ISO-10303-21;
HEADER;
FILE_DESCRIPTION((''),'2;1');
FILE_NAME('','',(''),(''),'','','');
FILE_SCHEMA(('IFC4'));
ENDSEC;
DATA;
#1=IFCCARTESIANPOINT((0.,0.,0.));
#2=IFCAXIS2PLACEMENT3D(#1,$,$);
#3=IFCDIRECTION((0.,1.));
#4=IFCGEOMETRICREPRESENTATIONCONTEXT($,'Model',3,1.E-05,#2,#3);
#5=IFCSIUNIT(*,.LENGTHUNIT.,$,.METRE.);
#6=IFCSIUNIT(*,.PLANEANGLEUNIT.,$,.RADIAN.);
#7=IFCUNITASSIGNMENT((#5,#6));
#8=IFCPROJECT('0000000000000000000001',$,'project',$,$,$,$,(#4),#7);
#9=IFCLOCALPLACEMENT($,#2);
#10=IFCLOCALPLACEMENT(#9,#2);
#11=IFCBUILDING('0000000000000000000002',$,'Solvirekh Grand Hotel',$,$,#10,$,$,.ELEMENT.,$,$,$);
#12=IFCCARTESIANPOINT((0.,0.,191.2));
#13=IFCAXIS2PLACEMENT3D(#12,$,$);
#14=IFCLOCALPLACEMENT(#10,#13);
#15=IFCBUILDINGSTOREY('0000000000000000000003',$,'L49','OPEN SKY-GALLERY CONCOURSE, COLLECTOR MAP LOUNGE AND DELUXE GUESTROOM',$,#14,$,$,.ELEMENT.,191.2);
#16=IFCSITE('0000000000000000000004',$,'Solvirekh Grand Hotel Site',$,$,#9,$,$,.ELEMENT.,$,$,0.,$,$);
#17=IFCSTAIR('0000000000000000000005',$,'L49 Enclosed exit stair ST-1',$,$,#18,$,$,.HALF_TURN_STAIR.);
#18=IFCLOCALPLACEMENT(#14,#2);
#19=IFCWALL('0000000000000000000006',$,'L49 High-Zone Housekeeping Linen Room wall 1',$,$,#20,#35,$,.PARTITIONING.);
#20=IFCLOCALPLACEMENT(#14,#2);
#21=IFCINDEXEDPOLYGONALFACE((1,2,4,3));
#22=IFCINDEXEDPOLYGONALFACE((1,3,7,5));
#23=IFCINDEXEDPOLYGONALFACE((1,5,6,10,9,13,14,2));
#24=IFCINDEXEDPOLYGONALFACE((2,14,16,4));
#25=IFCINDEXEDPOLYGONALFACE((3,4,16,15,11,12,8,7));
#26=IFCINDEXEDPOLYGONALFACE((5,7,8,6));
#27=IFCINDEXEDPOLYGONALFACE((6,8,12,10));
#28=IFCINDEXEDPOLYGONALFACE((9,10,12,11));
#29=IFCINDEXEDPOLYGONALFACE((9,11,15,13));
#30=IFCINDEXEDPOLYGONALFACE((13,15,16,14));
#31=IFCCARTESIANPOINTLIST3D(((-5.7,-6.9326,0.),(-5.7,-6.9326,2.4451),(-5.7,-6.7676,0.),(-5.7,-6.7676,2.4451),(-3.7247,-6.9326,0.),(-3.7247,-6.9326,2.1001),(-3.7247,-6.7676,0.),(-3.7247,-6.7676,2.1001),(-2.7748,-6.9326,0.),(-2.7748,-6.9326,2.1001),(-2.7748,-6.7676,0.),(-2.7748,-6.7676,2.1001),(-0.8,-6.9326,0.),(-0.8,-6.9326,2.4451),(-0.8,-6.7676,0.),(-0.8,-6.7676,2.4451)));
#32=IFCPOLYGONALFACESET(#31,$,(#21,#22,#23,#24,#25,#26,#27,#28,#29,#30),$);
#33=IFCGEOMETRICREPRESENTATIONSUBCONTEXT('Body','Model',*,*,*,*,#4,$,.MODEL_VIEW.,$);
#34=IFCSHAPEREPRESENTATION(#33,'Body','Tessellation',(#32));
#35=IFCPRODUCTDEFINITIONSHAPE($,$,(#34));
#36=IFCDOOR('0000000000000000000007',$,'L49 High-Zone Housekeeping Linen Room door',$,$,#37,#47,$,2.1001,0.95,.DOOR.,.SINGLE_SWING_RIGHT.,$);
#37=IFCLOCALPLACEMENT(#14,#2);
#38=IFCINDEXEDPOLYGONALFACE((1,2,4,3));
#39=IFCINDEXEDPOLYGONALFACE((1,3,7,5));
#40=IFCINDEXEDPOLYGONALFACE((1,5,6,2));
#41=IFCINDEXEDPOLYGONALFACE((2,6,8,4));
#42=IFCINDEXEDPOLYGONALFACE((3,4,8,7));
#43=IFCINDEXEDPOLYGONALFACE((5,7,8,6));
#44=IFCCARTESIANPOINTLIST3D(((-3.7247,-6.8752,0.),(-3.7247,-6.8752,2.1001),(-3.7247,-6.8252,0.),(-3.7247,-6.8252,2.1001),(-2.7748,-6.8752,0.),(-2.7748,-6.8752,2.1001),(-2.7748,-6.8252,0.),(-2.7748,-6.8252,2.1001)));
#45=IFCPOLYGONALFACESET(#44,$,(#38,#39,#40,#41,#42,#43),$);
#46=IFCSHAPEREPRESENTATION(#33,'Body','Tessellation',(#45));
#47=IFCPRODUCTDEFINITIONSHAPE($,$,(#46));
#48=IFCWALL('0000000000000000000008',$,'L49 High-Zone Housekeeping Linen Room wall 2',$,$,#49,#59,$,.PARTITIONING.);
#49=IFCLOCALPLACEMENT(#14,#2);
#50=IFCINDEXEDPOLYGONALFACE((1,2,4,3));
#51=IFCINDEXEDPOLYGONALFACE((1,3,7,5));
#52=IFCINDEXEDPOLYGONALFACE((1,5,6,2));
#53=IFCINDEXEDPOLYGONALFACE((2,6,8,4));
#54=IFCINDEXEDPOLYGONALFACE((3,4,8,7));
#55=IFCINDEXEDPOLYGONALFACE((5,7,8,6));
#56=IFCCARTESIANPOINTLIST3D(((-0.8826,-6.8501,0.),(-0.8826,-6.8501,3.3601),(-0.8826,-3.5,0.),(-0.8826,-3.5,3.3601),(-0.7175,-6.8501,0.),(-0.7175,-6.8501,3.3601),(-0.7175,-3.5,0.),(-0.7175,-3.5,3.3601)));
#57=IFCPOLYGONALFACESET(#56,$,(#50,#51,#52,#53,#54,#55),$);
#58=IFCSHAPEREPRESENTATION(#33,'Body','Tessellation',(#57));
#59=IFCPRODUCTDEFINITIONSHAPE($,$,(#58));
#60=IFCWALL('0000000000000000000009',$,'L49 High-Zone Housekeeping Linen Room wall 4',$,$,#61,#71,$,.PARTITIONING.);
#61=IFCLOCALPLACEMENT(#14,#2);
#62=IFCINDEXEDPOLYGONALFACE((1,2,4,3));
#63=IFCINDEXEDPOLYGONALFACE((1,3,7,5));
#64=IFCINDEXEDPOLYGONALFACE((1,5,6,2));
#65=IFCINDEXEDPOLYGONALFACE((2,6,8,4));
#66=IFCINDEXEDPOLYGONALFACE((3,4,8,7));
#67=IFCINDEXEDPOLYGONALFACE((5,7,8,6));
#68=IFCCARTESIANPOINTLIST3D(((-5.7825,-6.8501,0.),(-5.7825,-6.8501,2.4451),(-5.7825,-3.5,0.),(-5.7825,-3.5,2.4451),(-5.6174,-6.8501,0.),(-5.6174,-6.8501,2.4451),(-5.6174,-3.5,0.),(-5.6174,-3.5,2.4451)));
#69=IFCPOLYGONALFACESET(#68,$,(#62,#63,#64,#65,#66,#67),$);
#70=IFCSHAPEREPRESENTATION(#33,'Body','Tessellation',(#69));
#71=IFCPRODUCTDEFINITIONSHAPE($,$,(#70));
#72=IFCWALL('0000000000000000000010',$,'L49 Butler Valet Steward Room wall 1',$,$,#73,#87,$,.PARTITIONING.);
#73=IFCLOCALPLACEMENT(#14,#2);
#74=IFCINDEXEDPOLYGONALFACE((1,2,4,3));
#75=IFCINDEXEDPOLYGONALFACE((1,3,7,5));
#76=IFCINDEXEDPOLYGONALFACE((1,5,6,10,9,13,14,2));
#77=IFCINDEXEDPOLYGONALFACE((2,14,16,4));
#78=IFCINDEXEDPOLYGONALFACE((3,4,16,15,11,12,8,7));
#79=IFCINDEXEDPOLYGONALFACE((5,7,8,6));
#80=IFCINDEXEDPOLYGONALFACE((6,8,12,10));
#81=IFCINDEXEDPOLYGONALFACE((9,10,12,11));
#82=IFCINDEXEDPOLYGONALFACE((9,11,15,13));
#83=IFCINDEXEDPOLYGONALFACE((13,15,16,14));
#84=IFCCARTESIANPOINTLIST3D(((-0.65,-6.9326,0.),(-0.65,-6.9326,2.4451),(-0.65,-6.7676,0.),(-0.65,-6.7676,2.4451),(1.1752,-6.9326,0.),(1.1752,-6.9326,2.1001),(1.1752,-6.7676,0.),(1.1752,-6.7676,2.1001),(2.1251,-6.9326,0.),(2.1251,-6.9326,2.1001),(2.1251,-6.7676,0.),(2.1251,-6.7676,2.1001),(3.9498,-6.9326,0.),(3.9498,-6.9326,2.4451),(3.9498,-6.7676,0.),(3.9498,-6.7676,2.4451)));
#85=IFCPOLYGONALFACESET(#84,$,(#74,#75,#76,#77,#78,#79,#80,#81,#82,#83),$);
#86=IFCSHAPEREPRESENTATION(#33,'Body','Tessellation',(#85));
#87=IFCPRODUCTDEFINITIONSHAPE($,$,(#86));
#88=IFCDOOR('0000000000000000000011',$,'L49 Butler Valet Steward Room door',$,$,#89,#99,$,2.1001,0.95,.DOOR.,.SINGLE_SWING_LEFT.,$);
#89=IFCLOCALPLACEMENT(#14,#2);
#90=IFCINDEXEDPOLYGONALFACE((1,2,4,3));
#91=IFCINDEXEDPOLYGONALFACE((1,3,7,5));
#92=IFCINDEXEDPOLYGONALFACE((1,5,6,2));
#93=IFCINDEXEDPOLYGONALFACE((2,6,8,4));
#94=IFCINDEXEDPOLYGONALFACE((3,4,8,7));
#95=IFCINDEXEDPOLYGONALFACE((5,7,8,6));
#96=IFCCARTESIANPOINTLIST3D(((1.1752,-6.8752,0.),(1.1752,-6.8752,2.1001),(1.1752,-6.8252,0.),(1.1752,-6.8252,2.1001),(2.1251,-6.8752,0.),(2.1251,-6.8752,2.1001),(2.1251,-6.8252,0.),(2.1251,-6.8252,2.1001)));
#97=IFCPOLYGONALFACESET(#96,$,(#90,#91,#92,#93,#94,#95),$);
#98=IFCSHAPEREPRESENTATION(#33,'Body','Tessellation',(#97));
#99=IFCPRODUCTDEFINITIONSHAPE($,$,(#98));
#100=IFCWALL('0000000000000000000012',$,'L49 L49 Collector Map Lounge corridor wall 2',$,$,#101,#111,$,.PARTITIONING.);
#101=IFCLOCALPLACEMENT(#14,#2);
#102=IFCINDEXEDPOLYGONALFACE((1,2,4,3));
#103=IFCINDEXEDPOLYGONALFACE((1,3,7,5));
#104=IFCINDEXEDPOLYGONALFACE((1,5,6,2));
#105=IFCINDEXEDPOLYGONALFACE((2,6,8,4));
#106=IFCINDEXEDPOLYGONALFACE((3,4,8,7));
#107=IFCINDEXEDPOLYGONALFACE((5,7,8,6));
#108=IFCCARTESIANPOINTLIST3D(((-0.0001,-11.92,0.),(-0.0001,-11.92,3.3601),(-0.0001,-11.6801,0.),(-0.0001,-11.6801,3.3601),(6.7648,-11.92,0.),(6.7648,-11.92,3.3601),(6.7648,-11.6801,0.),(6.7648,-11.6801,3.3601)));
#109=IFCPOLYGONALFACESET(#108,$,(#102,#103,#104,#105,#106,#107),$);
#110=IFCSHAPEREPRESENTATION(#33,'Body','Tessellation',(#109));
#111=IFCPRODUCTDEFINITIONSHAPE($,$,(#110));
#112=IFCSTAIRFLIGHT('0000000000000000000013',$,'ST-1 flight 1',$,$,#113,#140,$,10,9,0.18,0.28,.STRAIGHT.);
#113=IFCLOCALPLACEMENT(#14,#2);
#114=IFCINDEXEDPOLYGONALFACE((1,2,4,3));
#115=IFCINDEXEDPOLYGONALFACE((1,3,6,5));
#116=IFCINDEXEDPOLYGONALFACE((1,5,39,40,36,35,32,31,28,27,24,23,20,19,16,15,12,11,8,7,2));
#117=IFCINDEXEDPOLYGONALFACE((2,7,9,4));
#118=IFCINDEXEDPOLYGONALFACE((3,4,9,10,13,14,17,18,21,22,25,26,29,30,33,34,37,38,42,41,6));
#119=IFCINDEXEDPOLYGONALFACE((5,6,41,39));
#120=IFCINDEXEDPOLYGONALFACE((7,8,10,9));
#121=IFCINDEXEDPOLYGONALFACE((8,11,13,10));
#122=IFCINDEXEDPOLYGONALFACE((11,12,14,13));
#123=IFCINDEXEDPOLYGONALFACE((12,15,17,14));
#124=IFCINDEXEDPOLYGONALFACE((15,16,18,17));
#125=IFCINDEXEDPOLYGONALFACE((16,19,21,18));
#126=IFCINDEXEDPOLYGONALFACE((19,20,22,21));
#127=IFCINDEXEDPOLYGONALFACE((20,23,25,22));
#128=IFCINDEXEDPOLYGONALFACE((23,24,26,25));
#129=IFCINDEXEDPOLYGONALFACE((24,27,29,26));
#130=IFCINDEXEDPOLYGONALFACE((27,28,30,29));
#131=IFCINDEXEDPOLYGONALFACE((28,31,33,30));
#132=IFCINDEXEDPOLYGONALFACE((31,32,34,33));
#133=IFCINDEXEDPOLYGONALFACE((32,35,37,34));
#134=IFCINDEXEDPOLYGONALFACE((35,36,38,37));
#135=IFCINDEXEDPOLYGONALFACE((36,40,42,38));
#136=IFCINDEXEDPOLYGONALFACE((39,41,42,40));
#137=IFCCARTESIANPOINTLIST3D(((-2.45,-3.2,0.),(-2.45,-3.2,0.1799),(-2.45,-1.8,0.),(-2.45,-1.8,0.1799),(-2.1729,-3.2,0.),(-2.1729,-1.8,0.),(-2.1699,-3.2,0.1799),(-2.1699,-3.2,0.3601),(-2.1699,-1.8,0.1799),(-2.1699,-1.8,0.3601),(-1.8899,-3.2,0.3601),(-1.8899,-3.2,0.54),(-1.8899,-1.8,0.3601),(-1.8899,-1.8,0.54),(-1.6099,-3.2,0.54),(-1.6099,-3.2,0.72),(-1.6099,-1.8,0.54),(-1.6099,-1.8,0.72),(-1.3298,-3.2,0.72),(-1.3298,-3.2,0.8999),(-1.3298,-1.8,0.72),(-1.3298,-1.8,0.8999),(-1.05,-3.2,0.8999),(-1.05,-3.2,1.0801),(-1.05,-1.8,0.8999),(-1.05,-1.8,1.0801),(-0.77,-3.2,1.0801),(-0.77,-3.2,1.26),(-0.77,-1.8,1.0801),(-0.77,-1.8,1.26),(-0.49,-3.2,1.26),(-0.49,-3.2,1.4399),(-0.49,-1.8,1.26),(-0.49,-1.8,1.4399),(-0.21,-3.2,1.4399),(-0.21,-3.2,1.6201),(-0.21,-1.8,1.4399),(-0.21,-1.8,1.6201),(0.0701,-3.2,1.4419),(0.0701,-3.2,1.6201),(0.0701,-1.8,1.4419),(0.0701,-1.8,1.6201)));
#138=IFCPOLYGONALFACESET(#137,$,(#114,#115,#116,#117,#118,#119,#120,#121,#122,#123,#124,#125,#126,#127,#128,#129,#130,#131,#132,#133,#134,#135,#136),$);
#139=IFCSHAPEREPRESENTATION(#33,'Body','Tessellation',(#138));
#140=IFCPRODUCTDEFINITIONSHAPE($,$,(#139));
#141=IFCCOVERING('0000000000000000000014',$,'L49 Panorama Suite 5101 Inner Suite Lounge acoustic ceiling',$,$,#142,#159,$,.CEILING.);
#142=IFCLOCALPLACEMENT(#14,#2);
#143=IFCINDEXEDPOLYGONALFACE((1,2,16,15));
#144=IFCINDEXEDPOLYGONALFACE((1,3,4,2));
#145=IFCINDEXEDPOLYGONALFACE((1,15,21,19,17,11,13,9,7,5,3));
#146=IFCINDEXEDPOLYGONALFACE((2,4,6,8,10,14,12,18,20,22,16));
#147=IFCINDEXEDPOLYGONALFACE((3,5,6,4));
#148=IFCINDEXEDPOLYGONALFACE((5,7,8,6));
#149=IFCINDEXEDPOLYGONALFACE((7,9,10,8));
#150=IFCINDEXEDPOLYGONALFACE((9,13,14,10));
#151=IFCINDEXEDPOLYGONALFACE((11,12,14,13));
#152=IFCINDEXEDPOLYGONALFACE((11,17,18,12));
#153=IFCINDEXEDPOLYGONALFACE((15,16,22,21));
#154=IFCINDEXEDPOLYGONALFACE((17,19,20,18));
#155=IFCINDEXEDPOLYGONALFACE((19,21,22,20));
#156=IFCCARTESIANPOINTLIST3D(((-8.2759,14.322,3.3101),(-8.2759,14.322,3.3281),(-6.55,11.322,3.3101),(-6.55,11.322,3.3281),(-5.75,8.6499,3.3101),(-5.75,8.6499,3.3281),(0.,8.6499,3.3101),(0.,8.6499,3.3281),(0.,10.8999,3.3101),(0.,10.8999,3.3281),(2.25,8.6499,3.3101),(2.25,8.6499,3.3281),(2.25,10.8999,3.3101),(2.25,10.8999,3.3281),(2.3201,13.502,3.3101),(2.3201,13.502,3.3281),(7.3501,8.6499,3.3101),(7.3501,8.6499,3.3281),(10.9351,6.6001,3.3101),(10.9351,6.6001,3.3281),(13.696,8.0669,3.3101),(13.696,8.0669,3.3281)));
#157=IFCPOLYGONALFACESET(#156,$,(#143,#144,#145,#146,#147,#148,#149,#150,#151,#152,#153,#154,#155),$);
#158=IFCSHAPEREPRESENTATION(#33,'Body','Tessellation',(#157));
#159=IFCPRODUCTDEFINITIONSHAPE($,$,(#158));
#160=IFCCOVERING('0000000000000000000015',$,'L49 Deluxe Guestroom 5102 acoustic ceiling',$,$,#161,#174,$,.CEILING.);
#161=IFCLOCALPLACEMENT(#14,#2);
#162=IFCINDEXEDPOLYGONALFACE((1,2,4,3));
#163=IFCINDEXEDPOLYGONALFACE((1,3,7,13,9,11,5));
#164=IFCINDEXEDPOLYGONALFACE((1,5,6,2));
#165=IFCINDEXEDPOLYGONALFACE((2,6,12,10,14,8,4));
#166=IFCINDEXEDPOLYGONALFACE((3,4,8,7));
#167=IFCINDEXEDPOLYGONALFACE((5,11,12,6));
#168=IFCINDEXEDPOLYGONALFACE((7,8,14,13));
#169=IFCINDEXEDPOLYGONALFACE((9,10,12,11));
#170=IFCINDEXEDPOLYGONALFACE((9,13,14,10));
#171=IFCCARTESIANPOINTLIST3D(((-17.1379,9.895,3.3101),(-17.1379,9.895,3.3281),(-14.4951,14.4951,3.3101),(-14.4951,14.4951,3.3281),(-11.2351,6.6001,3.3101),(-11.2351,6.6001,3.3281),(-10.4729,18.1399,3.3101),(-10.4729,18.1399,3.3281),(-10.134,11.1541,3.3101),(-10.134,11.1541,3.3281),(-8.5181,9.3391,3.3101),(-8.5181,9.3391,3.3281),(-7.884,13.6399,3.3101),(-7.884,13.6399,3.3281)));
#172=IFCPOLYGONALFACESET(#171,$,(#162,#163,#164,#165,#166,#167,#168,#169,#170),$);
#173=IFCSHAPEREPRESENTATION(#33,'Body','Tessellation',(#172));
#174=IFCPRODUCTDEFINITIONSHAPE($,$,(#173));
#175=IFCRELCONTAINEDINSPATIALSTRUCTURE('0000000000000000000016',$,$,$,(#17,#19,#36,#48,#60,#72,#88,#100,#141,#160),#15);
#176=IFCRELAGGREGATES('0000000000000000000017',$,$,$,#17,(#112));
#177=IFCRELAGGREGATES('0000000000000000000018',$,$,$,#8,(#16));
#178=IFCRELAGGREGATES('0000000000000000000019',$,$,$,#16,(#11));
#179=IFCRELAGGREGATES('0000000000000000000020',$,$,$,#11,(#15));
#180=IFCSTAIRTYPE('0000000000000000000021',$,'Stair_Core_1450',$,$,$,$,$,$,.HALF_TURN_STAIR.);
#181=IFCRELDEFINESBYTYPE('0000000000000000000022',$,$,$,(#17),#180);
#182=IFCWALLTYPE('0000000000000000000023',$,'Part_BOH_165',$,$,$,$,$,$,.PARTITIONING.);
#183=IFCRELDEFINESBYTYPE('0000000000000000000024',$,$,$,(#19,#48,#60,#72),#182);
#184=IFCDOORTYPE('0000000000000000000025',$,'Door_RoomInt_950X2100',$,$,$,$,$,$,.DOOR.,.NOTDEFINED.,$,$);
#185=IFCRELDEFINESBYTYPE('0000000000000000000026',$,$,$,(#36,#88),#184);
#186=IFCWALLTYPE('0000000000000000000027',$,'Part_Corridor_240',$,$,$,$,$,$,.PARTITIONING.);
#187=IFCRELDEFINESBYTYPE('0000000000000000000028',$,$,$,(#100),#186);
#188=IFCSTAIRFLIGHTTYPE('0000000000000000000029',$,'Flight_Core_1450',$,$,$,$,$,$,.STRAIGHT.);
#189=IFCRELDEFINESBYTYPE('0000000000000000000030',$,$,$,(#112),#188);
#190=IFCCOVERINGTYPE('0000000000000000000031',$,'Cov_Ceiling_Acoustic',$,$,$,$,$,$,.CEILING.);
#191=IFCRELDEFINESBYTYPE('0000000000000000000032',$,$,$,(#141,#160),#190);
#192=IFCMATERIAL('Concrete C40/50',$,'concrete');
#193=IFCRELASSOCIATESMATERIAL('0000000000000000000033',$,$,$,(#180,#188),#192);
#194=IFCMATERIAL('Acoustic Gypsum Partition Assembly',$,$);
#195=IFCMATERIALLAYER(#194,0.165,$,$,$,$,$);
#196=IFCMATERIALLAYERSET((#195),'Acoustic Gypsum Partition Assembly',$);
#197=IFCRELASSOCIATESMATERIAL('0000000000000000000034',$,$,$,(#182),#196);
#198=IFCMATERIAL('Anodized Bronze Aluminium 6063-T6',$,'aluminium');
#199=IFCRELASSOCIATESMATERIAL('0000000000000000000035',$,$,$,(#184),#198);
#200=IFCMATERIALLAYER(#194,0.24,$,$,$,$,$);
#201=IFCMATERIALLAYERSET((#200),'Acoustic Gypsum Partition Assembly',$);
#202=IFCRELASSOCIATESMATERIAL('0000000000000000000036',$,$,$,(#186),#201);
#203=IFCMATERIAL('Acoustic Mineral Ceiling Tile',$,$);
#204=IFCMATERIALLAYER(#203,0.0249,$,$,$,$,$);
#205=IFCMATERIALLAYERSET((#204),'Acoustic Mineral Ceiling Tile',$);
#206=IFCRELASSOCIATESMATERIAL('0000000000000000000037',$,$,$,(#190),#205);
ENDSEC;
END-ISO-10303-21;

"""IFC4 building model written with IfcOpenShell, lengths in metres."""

from ifc_helpers import new_model, si_unit, direction, frame, frame_2d, origin, place, context, subcontext, project, spatial, polyline, rectangle, outline, extrude, material, layer, layer_set, type_object, element, fill, aggregate, save


model = new_model("IFC4")

# Units and contexts
model_context = context("Model", 3, precision=1e-05, world=origin(), true_north=direction((0.0, 1.0)))
body_context = subcontext(model_context, "Body", "Model", "MODEL_VIEW")
ifc_project = project(units=[si_unit("LENGTHUNIT", "METRE"), si_unit("PLANEANGLEUNIT", "RADIAN")], contexts=[model_context])

# Site, building, storey
site_placement = place(None, origin())
site = spatial("IfcSite", under=ifc_project, at=site_placement, Name="Solvirekh Grand Hotel Site", CompositionType="ELEMENT", RefElevation=0.0)
building_placement = place(site_placement, origin())
building = spatial("IfcBuilding", under=site, at=building_placement, Name="Solvirekh Grand Hotel", CompositionType="ELEMENT")
storey_placement = place(building_placement, frame((0.0, 0.0, 191.2)))
storey = spatial("IfcBuildingStorey", under=building, at=storey_placement, Name="L49", Description="OPEN SKY-GALLERY CONCOURSE, COLLECTOR MAP LOUNGE AND DELUXE GUESTROOM", CompositionType="ELEMENT", Elevation=191.2)

# Shared definitions
ifc_material_1 = material(Name="Anodized Bronze Aluminium 6063-T6", Category="aluminium")

# Stair
ifc_material_2 = material(Name="Concrete C40/50", Category="concrete")
stair_type = type_object("IfcStairType", Name="Stair_Core_1450", PredefinedType="HALF_TURN_STAIR", material=ifc_material_2)
stair_1_placement = place(storey_placement, origin())
stair_1 = element("IfcStair", 1, at=stair_1_placement, inside=storey, type_object=stair_type, Name="L49 Enclosed exit stair ST-1", PredefinedType="HALF_TURN_STAIR")

# Wall, opening, door
ifc_material_3 = material(Name="Acoustic Gypsum Partition Assembly")
ifc_layer_1 = layer(ifc_material_3, 0.165)
ifc_layer_set_1 = layer_set([ifc_layer_1], Name="Acoustic Gypsum Partition Assembly")
wall_type_1 = type_object("IfcWallType", Name="Part_BOH_165", PredefinedType="PARTITIONING", material=ifc_layer_set_1)
wall_1_placement = place(storey_placement, frame((-5.7, -6.8501, 0.0), z_axis=(0.0, 0.0, 1.0), x_axis=(1.0, 0.0, 0.0)))
wall_1 = element("IfcWall", 2, at=wall_1_placement, inside=storey, type_object=wall_type_1, Name="L49 High-Zone Housekeeping Linen Room wall 1", PredefinedType="PARTITIONING", context=body_context, shape_type="SweptSolid", body=[
    extrude(rectangle(XDim=4.8999, YDim=0.165, at=frame_2d((2.45, 0.0))), origin(), (0.0, 0.0, 1.0), 2.4451),
])
opening_1_placement = place(wall_1_placement, frame((1.9751, 0.0, 0.0)))
opening_1 = element("IfcOpeningElement", 3, at=opening_1_placement, cuts=wall_1, PredefinedType="OPENING", context=body_context, shape_type="SweptSolid", body=[
    extrude(rectangle(XDim=0.95, YDim=2.1001, at=frame_2d((0.4751, 1.05))), frame((0.0, 0.0925, 0.0), z_axis=(0.0, -1.0, 0.0), x_axis=(1.0, 0.0, 0.0)), (0.0, 0.0, 1.0), 0.1851),
])
door_type_1 = type_object("IfcDoorType", Name="Door_RoomInt_950X2100", OperationType="NOTDEFINED", PredefinedType="DOOR", material=ifc_material_1)
door_1_placement = place(opening_1_placement, origin())
door_1 = element("IfcDoor", 4, at=door_1_placement, inside=storey, type_object=door_type_1, Name="L49 High-Zone Housekeeping Linen Room door", OperationType="SINGLE_SWING_RIGHT", OverallHeight=2.1001, OverallWidth=0.95, PredefinedType="DOOR", context=body_context, shape_type="SweptSolid", body=[
    extrude(rectangle(XDim=0.95, YDim=2.1001, at=frame_2d((0.4751, 1.05))), frame((0.0, 0.0249, 0.0), z_axis=(0.0, -1.0, 0.0), x_axis=(1.0, 0.0, 0.0)), (0.0, 0.0, 1.0), 0.05),
])
fill(opening_1, door_1)

# Walls
wall_2_placement = place(storey_placement, frame((-0.8, -6.8501, 0.0), z_axis=(0.0, 0.0, 1.0), x_axis=(0.0, 1.0, 0.0)))
element("IfcWall", 5, at=wall_2_placement, inside=storey, type_object=wall_type_1, Name="L49 High-Zone Housekeeping Linen Room wall 2", PredefinedType="PARTITIONING", context=body_context, shape_type="SweptSolid", body=[
    extrude(rectangle(XDim=3.3501, YDim=0.165, at=frame_2d((1.675, 0.0))), origin(), (0.0, 0.0, 1.0), 3.3601),
])
wall_3_placement = place(storey_placement, frame((-5.7, -3.5, 0.0), z_axis=(0.0, 0.0, 1.0), x_axis=(0.0, -1.0, 0.0)))
element("IfcWall", 6, at=wall_3_placement, inside=storey, type_object=wall_type_1, Name="L49 High-Zone Housekeeping Linen Room wall 4", PredefinedType="PARTITIONING", context=body_context, shape_type="SweptSolid", body=[
    extrude(rectangle(XDim=3.3501, YDim=0.165, at=frame_2d((1.675, 0.0))), origin(), (0.0, 0.0, 1.0), 2.4451),
])

# Wall, opening, door
wall_4_placement = place(storey_placement, frame((-0.6499, -6.8501, 0.0), z_axis=(0.0, 0.0, 1.0), x_axis=(1.0, 0.0, 0.0)))
wall_4 = element("IfcWall", 7, at=wall_4_placement, inside=storey, type_object=wall_type_1, Name="L49 Butler Valet Steward Room wall 1", PredefinedType="PARTITIONING", context=body_context, shape_type="SweptSolid", body=[
    extrude(rectangle(XDim=4.5999, YDim=0.165, at=frame_2d((2.2998, 0.0))), origin(), (0.0, 0.0, 1.0), 2.4451),
])
opening_2_placement = place(wall_4_placement, frame((1.825, 0.0, 0.0)))
opening_2 = element("IfcOpeningElement", 8, at=opening_2_placement, cuts=wall_4, PredefinedType="OPENING", context=body_context, shape_type="SweptSolid", body=[
    extrude(rectangle(XDim=0.95, YDim=2.1001, at=frame_2d((0.4751, 1.05))), frame((0.0, 0.0925, 0.0), z_axis=(0.0, -1.0, 0.0), x_axis=(1.0, 0.0, 0.0)), (0.0, 0.0, 1.0), 0.1851),
])
door_2_placement = place(opening_2_placement, origin())
door_2 = element("IfcDoor", 9, at=door_2_placement, inside=storey, type_object=door_type_1, Name="L49 Butler Valet Steward Room door", OperationType="SINGLE_SWING_LEFT", OverallHeight=2.1001, OverallWidth=0.95, PredefinedType="DOOR", context=body_context, shape_type="SweptSolid", body=[
    extrude(rectangle(XDim=0.95, YDim=2.1001, at=frame_2d((0.4751, 1.05))), frame((0.0, 0.0249, 0.0), z_axis=(0.0, -1.0, 0.0), x_axis=(1.0, 0.0, 0.0)), (0.0, 0.0, 1.0), 0.05),
])
fill(opening_2, door_2)

# Wall
ifc_layer_2 = layer(ifc_material_3, 0.24)
ifc_layer_set_2 = layer_set([ifc_layer_2], Name="Acoustic Gypsum Partition Assembly")
wall_type_2 = type_object("IfcWallType", Name="Part_Corridor_240", PredefinedType="PARTITIONING", material=ifc_layer_set_2)
wall_5_placement = place(storey_placement, frame((0.0, -11.8, 0.0), z_axis=(0.0, 0.0, 1.0), x_axis=(1.0, 0.0, 0.0)))
element("IfcWall", 10, at=wall_5_placement, inside=storey, type_object=wall_type_2, Name="L49 L49 Collector Map Lounge corridor wall 2", PredefinedType="PARTITIONING", context=body_context, shape_type="SweptSolid", body=[
    extrude(rectangle(XDim=6.7649, YDim=0.24, at=frame_2d((3.3823, 0.0))), origin(), (0.0, 0.0, 1.0), 3.3601),
])

# Stair flight
stair_flight_type = type_object("IfcStairFlightType", Name="Flight_Core_1450", PredefinedType="STRAIGHT", material=ifc_material_2)
stair_flight_placement = place(storey_placement, frame((-2.45, -2.5, 0.0), z_axis=(0.0, 0.0, 1.0), x_axis=(1.0, 0.0, 0.0)))
stair_flight = element("IfcStairFlight", 11, at=stair_flight_placement, type_object=stair_flight_type, Name="ST-1 flight 1", NumberOfRisers=10, NumberOfTreads=9, PredefinedType="STRAIGHT", RiserHeight=0.18, TreadLength=0.28, context=body_context, shape_type="SweptSolid", body=[
    extrude(outline(polyline([(0.0, 0.0), (0.0, 0.1799), (0.28, 0.1799), (0.28, 0.3601), (0.5601, 0.3601), (0.5601, 0.54), (0.8401, 0.54), (0.8401, 0.72), (1.1201, 0.72), (1.1201, 0.8999), (1.3999, 0.8999), (1.3999, 1.0801), (1.6799, 1.0801), (1.6799, 1.26), (1.96, 1.26), (1.96, 1.4399), (2.24, 1.4399), (2.24, 1.6201), (2.52, 1.6201), (2.52, 1.8), (2.52, 1.4419), (0.2771, 0.0), (0.0, 0.0)])), frame((0.0, 0.7, 0.0), z_axis=(0.0, -1.0, 0.0), x_axis=(1.0, 0.0, 0.0)), (0.0, 0.0, 1.0), 1.3999),
])
aggregate(stair_1, [stair_flight])

# Coverings
ifc_material_4 = material(Name="Acoustic Mineral Ceiling Tile")
ifc_layer_3 = layer(ifc_material_4, 0.0249)
ifc_layer_set_3 = layer_set([ifc_layer_3], Name="Acoustic Mineral Ceiling Tile")
covering_type_1 = type_object("IfcCoveringType", Name="Cov_Ceiling_Acoustic", PredefinedType="CEILING", material=ifc_layer_set_3)
covering_1_placement = place(storey_placement, frame((0.0, 0.0, 3.3101)))
element("IfcCovering", 12, at=covering_1_placement, inside=storey, type_object=covering_type_1, Name="L49 Panorama Suite 5101 Inner Suite Lounge acoustic ceiling", PredefinedType="CEILING", context=body_context, shape_type="SweptSolid", body=[
    extrude(outline(polyline([(0.0, 8.6499), (0.0, 10.8999), (2.25, 10.8999), (2.25, 8.6499), (7.3501, 8.6499), (10.9351, 6.6001), (13.696, 8.0669), (2.3201, 13.502), (-8.2759, 14.322), (-6.55, 11.322), (-5.75, 8.6499), (0.0, 8.6499)])), origin(), (0.0, 0.0, 1.0), 0.0181),
])
covering_2_placement = place(storey_placement, frame((0.0, 0.0, 3.3101)))
element("IfcCovering", 13, at=covering_2_placement, inside=storey, type_object=covering_type_1, Name="L49 Deluxe Guestroom 5102 acoustic ceiling", PredefinedType="CEILING", context=body_context, shape_type="SweptSolid", body=[
    extrude(outline(polyline([(-10.134, 11.1541), (-7.884, 13.6399), (-10.4729, 18.1399), (-14.4951, 14.4951), (-17.1379, 9.895), (-11.2351, 6.6001), (-8.5181, 9.3391), (-10.134, 11.1541)])), origin(), (0.0, 0.0, 1.0), 0.0181),
])

save(model, "model.ifc")
